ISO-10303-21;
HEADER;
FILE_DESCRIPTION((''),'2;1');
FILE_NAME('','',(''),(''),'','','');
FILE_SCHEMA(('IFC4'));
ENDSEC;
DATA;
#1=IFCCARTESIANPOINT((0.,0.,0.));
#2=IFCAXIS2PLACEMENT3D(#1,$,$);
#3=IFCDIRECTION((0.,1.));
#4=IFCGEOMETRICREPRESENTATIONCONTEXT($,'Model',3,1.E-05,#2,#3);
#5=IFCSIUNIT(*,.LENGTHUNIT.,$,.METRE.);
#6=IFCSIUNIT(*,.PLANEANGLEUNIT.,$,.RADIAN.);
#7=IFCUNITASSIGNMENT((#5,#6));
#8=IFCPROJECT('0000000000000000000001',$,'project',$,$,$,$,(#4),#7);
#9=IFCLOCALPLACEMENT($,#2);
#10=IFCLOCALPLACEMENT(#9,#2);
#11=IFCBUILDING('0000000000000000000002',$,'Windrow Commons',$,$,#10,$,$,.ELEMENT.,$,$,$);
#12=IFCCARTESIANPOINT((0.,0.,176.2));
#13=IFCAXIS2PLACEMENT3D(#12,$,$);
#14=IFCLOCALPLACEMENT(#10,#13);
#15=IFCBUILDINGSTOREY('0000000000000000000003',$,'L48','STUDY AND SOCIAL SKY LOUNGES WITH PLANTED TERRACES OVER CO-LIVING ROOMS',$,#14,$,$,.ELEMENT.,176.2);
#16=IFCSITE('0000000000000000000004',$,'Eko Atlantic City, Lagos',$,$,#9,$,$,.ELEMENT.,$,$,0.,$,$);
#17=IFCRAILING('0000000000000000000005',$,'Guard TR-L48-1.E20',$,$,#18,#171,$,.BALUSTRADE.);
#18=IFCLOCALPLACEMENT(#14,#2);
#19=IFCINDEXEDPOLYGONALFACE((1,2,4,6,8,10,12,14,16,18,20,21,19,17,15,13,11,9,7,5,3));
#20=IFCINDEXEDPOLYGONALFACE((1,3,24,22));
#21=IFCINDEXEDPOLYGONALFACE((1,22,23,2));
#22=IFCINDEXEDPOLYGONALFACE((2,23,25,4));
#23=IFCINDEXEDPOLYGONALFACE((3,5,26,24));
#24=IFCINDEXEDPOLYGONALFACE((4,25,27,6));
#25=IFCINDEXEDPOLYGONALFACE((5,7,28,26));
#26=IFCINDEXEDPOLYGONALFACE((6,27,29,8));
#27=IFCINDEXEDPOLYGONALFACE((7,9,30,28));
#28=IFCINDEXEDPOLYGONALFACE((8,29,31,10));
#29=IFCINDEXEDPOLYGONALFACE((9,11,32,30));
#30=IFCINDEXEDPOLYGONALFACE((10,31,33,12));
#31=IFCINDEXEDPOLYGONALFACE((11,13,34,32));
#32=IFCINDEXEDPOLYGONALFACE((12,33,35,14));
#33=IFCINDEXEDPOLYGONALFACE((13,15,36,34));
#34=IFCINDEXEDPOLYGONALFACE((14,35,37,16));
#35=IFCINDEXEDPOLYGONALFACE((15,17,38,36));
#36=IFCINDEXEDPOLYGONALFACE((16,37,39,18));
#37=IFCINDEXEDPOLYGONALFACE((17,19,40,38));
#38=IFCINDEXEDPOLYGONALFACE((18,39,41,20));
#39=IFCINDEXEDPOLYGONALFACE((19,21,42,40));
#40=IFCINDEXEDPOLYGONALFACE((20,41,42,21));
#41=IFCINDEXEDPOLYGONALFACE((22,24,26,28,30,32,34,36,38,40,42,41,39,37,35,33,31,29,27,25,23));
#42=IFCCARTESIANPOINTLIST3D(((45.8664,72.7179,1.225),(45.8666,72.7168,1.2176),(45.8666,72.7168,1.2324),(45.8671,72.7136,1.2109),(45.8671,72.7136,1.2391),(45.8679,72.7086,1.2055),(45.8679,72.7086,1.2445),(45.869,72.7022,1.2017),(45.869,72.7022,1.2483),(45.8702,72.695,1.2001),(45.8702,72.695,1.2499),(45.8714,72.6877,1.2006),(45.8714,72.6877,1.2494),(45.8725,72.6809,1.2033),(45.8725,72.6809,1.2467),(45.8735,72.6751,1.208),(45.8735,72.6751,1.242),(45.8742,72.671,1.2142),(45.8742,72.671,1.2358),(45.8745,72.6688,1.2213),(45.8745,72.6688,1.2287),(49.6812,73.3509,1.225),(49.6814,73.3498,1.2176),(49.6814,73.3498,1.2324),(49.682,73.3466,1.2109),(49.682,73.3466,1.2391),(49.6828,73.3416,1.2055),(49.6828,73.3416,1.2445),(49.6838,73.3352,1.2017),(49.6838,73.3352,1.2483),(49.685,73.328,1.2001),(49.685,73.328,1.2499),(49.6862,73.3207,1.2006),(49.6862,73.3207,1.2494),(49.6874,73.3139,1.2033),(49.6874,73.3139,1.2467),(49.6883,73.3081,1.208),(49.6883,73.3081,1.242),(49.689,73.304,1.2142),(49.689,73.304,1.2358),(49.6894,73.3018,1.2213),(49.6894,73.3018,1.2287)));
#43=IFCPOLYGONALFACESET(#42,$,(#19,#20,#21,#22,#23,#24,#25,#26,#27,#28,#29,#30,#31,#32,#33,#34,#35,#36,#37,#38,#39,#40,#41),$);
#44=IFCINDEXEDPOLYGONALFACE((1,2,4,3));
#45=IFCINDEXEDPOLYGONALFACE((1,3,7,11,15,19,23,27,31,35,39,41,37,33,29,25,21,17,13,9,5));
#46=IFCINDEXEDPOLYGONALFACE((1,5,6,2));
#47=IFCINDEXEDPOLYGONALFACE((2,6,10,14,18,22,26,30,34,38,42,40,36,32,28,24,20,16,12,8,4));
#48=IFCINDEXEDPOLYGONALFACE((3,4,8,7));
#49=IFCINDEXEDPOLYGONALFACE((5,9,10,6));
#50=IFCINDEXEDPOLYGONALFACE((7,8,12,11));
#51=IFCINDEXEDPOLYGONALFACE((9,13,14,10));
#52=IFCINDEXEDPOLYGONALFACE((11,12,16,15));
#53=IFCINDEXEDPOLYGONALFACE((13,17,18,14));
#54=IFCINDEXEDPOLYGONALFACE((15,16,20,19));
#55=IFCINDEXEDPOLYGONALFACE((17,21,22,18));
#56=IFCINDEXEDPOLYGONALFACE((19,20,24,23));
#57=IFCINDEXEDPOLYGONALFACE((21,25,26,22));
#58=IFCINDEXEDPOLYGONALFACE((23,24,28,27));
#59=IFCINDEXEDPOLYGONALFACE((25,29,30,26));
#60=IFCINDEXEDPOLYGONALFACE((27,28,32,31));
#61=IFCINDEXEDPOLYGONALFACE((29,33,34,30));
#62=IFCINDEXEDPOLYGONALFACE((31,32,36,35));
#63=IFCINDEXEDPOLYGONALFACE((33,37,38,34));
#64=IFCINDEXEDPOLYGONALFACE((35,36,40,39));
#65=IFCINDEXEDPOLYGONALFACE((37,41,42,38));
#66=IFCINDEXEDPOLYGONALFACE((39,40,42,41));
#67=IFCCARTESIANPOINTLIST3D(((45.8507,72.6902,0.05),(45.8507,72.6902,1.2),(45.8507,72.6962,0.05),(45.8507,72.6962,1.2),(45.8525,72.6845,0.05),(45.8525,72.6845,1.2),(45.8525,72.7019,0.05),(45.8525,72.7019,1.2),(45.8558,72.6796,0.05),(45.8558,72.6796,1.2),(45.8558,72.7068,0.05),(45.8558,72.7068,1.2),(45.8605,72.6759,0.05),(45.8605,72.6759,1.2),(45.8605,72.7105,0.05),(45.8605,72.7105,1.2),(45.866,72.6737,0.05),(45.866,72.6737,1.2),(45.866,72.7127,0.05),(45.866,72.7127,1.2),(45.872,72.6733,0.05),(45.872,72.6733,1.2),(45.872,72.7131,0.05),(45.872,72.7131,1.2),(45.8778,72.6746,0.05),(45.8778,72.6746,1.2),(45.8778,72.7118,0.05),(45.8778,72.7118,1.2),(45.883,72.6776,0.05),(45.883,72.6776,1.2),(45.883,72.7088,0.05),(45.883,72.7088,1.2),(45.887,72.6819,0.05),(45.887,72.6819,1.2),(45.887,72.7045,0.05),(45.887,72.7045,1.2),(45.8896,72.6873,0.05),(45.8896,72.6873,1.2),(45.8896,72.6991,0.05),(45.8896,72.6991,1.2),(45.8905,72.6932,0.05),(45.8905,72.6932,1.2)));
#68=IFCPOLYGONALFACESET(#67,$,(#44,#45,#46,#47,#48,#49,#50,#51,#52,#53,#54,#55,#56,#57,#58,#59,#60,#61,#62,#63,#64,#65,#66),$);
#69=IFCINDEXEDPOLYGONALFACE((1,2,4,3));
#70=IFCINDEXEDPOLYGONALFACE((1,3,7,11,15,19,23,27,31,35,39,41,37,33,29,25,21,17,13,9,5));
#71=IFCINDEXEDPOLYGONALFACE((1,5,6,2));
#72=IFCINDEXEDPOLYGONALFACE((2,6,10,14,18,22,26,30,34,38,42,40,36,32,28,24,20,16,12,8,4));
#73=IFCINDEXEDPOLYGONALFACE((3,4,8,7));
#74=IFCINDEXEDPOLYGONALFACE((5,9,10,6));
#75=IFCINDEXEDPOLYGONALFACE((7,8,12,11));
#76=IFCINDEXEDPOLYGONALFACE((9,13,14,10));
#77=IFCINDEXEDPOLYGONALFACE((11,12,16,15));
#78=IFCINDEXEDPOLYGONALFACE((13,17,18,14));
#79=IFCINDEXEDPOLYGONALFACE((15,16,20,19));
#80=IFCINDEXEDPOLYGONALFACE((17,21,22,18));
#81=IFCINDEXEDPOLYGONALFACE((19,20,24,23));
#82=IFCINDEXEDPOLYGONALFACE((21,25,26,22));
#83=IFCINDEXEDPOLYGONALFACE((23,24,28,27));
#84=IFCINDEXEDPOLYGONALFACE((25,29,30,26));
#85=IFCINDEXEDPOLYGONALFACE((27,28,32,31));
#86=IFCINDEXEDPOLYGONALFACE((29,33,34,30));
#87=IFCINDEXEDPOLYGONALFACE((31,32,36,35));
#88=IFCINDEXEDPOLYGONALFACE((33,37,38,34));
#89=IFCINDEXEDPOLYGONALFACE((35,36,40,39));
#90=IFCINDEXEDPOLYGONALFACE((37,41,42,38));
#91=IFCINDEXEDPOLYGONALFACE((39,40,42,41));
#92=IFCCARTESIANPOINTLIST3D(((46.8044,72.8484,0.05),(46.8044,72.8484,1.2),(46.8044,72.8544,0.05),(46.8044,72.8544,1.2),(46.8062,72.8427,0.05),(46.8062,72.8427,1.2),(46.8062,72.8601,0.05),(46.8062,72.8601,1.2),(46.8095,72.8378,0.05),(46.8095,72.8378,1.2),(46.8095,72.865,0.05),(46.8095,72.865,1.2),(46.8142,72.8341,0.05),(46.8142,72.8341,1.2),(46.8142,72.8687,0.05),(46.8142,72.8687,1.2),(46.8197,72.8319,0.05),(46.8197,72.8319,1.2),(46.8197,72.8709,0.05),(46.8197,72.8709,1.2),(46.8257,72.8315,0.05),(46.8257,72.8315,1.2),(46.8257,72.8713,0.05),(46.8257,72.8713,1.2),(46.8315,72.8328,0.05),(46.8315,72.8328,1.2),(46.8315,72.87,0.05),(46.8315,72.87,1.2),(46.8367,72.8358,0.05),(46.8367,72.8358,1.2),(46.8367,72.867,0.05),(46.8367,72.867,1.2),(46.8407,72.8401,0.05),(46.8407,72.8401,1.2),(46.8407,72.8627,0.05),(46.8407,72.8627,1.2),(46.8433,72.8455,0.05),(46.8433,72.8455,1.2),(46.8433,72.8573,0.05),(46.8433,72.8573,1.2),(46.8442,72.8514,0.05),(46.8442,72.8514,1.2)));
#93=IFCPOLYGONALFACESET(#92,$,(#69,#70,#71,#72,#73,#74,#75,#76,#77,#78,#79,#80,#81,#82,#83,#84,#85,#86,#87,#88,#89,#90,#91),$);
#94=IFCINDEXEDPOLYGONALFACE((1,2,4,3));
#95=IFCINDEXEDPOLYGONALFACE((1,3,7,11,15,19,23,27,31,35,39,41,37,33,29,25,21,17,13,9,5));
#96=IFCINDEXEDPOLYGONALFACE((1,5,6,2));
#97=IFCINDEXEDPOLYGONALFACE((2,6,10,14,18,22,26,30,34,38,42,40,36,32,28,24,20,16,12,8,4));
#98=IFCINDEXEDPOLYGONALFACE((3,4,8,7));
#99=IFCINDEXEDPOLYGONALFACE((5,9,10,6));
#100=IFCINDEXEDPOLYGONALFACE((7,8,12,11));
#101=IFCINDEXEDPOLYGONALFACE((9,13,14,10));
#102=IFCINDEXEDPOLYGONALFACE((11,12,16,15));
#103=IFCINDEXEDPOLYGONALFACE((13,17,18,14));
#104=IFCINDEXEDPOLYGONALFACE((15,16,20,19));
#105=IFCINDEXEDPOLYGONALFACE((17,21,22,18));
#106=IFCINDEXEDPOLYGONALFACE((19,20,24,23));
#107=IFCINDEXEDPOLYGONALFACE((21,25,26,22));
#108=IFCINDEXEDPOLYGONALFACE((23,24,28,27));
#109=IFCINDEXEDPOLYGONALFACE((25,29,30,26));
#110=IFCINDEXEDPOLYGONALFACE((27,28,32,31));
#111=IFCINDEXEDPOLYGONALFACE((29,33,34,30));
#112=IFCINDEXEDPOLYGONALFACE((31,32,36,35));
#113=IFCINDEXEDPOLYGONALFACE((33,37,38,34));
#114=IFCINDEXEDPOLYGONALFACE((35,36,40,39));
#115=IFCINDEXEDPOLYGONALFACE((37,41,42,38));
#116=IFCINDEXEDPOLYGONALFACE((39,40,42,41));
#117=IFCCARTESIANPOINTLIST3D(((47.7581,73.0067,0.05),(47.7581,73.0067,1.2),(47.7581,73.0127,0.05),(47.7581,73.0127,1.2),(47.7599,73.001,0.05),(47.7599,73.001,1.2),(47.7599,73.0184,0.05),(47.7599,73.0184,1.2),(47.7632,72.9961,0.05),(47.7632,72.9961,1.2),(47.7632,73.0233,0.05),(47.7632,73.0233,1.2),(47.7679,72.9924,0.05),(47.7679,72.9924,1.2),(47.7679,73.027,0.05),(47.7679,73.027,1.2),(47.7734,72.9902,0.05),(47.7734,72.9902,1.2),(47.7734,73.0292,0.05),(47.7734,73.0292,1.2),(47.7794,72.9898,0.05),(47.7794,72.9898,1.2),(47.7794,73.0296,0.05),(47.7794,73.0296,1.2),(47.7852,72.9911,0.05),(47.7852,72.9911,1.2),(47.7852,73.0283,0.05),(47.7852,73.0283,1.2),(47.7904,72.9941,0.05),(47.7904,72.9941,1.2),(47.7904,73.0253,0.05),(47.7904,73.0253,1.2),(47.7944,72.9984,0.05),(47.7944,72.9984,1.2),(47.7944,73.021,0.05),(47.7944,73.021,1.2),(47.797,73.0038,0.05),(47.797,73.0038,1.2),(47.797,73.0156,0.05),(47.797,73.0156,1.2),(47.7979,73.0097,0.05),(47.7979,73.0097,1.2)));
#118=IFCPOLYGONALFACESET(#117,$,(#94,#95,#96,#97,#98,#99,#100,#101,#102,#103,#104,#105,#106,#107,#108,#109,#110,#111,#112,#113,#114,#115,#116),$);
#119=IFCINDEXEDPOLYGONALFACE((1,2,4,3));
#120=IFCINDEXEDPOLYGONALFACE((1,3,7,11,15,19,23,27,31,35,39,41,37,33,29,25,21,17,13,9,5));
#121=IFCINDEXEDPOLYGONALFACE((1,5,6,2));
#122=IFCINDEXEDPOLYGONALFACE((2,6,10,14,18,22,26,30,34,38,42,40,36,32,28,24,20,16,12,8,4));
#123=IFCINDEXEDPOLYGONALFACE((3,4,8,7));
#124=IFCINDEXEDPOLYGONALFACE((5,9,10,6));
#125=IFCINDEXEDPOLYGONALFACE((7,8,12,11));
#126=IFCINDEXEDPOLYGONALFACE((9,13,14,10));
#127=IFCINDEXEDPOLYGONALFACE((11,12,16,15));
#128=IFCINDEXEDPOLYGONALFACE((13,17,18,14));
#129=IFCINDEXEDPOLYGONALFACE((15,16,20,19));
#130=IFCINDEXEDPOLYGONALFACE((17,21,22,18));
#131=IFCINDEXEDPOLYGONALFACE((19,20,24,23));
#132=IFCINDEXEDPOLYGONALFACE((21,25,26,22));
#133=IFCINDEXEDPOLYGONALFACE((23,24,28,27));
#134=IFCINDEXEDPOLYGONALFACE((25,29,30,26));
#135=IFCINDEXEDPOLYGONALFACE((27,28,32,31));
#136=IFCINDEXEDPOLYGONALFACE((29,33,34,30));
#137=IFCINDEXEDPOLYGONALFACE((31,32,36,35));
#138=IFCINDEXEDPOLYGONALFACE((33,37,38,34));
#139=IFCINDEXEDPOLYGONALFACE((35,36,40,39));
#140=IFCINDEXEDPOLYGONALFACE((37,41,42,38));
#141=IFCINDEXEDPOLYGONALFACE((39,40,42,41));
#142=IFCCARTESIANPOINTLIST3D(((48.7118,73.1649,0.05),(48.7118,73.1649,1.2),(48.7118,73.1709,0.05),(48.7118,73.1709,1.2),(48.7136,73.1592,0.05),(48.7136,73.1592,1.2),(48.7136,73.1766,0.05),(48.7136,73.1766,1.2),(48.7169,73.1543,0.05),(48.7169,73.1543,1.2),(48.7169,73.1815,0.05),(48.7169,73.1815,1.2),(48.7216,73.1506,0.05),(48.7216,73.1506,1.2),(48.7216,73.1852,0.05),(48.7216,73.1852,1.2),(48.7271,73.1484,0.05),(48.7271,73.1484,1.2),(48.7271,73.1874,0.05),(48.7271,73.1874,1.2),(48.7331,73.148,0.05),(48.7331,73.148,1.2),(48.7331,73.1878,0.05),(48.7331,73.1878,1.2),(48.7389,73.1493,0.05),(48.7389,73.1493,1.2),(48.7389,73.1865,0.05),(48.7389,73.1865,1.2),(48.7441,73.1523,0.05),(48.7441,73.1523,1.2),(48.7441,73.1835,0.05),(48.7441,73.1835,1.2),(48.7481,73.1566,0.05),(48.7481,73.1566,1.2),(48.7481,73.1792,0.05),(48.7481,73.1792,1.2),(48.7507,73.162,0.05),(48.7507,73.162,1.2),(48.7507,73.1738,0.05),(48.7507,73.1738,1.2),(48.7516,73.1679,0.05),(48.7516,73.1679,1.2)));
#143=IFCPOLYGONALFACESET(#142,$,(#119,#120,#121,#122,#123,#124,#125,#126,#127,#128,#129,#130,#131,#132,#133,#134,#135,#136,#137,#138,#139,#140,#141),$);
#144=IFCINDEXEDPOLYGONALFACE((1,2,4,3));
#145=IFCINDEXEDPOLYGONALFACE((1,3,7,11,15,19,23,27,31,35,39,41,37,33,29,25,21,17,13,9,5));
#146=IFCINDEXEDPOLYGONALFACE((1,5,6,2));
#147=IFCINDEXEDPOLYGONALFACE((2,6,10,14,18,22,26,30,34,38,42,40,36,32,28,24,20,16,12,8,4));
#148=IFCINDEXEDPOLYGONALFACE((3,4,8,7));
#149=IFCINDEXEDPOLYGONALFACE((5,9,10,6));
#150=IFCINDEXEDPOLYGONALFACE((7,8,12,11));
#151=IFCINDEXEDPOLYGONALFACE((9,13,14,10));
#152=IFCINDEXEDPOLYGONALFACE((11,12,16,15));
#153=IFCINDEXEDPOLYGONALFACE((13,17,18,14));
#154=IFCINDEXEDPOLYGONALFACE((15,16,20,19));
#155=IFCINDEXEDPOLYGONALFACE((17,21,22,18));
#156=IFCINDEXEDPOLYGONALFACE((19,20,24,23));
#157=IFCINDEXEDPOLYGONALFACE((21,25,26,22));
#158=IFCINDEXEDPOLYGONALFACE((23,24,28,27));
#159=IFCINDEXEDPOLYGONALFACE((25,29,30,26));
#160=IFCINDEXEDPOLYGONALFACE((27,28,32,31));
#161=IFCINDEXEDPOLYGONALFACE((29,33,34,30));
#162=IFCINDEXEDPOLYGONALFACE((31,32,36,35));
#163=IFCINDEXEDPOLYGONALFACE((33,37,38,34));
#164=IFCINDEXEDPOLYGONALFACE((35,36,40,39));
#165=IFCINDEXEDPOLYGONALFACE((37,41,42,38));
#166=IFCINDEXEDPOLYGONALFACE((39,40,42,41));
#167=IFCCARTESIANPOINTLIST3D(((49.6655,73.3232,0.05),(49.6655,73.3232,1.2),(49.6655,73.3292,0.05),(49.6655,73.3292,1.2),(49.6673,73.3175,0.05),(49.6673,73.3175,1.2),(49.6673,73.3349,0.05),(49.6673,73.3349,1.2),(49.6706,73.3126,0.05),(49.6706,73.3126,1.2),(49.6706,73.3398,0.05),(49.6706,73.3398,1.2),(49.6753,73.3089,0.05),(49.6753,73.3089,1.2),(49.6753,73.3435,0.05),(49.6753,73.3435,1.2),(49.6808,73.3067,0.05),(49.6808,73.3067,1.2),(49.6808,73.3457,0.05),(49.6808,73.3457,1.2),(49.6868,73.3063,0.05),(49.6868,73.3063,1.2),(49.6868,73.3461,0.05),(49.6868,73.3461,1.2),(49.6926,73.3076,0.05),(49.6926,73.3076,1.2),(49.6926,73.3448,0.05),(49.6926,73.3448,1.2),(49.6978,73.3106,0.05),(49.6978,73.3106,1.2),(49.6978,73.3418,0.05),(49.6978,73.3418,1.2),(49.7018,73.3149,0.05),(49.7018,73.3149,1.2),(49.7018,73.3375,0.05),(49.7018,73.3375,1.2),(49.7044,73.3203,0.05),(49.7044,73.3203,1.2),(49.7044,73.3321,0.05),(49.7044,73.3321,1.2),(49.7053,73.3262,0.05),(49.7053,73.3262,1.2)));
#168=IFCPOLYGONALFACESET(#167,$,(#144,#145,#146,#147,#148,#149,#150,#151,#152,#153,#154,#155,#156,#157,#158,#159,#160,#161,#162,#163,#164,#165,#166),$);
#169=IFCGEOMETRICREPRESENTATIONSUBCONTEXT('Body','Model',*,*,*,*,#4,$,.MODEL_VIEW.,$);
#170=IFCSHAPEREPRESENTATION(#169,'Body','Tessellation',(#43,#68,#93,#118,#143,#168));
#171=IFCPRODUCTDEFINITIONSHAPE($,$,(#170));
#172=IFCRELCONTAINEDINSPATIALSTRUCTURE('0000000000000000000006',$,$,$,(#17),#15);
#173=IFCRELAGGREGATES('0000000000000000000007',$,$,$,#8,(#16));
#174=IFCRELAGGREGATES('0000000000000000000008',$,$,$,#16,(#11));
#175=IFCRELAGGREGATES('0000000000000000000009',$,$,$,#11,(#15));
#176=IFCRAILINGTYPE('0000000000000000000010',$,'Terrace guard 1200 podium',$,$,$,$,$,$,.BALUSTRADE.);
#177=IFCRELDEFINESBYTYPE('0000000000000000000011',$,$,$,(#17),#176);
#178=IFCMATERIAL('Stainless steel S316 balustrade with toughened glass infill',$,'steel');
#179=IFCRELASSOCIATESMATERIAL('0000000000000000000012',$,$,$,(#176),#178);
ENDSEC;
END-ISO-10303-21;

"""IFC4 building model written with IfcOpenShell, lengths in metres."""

from ifc_helpers import new_model, si_unit, direction, frame, origin, origin_2d, place, context, subcontext, project, spatial, circle, extrude, material, type_object, element, save


model = new_model("IFC4")

# Units and contexts
model_context = context("Model", 3, precision=1e-05, world=origin(), true_north=direction((0.0, 1.0)))
body_context = subcontext(model_context, "Body", "Model", "MODEL_VIEW")
ifc_project = project(units=[si_unit("LENGTHUNIT", "METRE"), si_unit("PLANEANGLEUNIT", "RADIAN")], contexts=[model_context])

# Site, building, storey
site_placement = place(None, origin())
site = spatial("IfcSite", under=ifc_project, at=site_placement, Name="Eko Atlantic City, Lagos", CompositionType="ELEMENT", RefElevation=0.0)
building_placement = place(site_placement, origin())
building = spatial("IfcBuilding", under=site, at=building_placement, Name="Windrow Commons", CompositionType="ELEMENT")
storey_placement = place(building_placement, frame((0.0, 0.0, 176.2)))
storey = spatial("IfcBuildingStorey", under=building, at=storey_placement, Name="L48", Description="STUDY AND SOCIAL SKY LOUNGES WITH PLANTED TERRACES OVER CO-LIVING ROOMS", CompositionType="ELEMENT", Elevation=176.2)

# Railing
ifc_material_1 = material(Name="Stainless steel S316 balustrade with toughened glass infill", Category="steel")
railing_type = type_object("IfcRailingType", Name="Terrace guard 1200 podium", PredefinedType="BALUSTRADE", material=ifc_material_1)
railing_1_placement = place(storey_placement, frame((45.8705, 72.6932, 0.05)))
element("IfcRailing", 1, at=railing_1_placement, inside=storey, type_object=railing_type, Name="Guard TR-L48-1.E20", PredefinedType="BALUSTRADE", context=body_context, shape_type="SweptSolid", body=[
    extrude(circle(Radius=0.025, at=origin_2d()), frame((0.0, 0.0, 1.175), z_axis=(0.986511, 0.163694, 0.0), x_axis=(-0.163694, 0.986511, 0.0)), (0.0, 0.0, 1.0), 3.867),
    extrude(circle(Radius=0.02, at=origin_2d()), origin(), (0.0, 0.0, 1.0), 1.15),
    extrude(circle(Radius=0.02, at=origin_2d()), frame((0.9537, 0.1582, 0.0)), (0.0, 0.0, 1.0), 1.15),
    extrude(circle(Radius=0.02, at=origin_2d()), frame((1.9074, 0.3165, 0.0)), (0.0, 0.0, 1.0), 1.15),
    extrude(circle(Radius=0.02, at=origin_2d()), frame((2.8611, 0.4747, 0.0)), (0.0, 0.0, 1.0), 1.15),
    extrude(circle(Radius=0.02, at=origin_2d()), frame((3.8148, 0.633, 0.0)), (0.0, 0.0, 1.0), 1.15),
])

save(model, "model.ifc")
